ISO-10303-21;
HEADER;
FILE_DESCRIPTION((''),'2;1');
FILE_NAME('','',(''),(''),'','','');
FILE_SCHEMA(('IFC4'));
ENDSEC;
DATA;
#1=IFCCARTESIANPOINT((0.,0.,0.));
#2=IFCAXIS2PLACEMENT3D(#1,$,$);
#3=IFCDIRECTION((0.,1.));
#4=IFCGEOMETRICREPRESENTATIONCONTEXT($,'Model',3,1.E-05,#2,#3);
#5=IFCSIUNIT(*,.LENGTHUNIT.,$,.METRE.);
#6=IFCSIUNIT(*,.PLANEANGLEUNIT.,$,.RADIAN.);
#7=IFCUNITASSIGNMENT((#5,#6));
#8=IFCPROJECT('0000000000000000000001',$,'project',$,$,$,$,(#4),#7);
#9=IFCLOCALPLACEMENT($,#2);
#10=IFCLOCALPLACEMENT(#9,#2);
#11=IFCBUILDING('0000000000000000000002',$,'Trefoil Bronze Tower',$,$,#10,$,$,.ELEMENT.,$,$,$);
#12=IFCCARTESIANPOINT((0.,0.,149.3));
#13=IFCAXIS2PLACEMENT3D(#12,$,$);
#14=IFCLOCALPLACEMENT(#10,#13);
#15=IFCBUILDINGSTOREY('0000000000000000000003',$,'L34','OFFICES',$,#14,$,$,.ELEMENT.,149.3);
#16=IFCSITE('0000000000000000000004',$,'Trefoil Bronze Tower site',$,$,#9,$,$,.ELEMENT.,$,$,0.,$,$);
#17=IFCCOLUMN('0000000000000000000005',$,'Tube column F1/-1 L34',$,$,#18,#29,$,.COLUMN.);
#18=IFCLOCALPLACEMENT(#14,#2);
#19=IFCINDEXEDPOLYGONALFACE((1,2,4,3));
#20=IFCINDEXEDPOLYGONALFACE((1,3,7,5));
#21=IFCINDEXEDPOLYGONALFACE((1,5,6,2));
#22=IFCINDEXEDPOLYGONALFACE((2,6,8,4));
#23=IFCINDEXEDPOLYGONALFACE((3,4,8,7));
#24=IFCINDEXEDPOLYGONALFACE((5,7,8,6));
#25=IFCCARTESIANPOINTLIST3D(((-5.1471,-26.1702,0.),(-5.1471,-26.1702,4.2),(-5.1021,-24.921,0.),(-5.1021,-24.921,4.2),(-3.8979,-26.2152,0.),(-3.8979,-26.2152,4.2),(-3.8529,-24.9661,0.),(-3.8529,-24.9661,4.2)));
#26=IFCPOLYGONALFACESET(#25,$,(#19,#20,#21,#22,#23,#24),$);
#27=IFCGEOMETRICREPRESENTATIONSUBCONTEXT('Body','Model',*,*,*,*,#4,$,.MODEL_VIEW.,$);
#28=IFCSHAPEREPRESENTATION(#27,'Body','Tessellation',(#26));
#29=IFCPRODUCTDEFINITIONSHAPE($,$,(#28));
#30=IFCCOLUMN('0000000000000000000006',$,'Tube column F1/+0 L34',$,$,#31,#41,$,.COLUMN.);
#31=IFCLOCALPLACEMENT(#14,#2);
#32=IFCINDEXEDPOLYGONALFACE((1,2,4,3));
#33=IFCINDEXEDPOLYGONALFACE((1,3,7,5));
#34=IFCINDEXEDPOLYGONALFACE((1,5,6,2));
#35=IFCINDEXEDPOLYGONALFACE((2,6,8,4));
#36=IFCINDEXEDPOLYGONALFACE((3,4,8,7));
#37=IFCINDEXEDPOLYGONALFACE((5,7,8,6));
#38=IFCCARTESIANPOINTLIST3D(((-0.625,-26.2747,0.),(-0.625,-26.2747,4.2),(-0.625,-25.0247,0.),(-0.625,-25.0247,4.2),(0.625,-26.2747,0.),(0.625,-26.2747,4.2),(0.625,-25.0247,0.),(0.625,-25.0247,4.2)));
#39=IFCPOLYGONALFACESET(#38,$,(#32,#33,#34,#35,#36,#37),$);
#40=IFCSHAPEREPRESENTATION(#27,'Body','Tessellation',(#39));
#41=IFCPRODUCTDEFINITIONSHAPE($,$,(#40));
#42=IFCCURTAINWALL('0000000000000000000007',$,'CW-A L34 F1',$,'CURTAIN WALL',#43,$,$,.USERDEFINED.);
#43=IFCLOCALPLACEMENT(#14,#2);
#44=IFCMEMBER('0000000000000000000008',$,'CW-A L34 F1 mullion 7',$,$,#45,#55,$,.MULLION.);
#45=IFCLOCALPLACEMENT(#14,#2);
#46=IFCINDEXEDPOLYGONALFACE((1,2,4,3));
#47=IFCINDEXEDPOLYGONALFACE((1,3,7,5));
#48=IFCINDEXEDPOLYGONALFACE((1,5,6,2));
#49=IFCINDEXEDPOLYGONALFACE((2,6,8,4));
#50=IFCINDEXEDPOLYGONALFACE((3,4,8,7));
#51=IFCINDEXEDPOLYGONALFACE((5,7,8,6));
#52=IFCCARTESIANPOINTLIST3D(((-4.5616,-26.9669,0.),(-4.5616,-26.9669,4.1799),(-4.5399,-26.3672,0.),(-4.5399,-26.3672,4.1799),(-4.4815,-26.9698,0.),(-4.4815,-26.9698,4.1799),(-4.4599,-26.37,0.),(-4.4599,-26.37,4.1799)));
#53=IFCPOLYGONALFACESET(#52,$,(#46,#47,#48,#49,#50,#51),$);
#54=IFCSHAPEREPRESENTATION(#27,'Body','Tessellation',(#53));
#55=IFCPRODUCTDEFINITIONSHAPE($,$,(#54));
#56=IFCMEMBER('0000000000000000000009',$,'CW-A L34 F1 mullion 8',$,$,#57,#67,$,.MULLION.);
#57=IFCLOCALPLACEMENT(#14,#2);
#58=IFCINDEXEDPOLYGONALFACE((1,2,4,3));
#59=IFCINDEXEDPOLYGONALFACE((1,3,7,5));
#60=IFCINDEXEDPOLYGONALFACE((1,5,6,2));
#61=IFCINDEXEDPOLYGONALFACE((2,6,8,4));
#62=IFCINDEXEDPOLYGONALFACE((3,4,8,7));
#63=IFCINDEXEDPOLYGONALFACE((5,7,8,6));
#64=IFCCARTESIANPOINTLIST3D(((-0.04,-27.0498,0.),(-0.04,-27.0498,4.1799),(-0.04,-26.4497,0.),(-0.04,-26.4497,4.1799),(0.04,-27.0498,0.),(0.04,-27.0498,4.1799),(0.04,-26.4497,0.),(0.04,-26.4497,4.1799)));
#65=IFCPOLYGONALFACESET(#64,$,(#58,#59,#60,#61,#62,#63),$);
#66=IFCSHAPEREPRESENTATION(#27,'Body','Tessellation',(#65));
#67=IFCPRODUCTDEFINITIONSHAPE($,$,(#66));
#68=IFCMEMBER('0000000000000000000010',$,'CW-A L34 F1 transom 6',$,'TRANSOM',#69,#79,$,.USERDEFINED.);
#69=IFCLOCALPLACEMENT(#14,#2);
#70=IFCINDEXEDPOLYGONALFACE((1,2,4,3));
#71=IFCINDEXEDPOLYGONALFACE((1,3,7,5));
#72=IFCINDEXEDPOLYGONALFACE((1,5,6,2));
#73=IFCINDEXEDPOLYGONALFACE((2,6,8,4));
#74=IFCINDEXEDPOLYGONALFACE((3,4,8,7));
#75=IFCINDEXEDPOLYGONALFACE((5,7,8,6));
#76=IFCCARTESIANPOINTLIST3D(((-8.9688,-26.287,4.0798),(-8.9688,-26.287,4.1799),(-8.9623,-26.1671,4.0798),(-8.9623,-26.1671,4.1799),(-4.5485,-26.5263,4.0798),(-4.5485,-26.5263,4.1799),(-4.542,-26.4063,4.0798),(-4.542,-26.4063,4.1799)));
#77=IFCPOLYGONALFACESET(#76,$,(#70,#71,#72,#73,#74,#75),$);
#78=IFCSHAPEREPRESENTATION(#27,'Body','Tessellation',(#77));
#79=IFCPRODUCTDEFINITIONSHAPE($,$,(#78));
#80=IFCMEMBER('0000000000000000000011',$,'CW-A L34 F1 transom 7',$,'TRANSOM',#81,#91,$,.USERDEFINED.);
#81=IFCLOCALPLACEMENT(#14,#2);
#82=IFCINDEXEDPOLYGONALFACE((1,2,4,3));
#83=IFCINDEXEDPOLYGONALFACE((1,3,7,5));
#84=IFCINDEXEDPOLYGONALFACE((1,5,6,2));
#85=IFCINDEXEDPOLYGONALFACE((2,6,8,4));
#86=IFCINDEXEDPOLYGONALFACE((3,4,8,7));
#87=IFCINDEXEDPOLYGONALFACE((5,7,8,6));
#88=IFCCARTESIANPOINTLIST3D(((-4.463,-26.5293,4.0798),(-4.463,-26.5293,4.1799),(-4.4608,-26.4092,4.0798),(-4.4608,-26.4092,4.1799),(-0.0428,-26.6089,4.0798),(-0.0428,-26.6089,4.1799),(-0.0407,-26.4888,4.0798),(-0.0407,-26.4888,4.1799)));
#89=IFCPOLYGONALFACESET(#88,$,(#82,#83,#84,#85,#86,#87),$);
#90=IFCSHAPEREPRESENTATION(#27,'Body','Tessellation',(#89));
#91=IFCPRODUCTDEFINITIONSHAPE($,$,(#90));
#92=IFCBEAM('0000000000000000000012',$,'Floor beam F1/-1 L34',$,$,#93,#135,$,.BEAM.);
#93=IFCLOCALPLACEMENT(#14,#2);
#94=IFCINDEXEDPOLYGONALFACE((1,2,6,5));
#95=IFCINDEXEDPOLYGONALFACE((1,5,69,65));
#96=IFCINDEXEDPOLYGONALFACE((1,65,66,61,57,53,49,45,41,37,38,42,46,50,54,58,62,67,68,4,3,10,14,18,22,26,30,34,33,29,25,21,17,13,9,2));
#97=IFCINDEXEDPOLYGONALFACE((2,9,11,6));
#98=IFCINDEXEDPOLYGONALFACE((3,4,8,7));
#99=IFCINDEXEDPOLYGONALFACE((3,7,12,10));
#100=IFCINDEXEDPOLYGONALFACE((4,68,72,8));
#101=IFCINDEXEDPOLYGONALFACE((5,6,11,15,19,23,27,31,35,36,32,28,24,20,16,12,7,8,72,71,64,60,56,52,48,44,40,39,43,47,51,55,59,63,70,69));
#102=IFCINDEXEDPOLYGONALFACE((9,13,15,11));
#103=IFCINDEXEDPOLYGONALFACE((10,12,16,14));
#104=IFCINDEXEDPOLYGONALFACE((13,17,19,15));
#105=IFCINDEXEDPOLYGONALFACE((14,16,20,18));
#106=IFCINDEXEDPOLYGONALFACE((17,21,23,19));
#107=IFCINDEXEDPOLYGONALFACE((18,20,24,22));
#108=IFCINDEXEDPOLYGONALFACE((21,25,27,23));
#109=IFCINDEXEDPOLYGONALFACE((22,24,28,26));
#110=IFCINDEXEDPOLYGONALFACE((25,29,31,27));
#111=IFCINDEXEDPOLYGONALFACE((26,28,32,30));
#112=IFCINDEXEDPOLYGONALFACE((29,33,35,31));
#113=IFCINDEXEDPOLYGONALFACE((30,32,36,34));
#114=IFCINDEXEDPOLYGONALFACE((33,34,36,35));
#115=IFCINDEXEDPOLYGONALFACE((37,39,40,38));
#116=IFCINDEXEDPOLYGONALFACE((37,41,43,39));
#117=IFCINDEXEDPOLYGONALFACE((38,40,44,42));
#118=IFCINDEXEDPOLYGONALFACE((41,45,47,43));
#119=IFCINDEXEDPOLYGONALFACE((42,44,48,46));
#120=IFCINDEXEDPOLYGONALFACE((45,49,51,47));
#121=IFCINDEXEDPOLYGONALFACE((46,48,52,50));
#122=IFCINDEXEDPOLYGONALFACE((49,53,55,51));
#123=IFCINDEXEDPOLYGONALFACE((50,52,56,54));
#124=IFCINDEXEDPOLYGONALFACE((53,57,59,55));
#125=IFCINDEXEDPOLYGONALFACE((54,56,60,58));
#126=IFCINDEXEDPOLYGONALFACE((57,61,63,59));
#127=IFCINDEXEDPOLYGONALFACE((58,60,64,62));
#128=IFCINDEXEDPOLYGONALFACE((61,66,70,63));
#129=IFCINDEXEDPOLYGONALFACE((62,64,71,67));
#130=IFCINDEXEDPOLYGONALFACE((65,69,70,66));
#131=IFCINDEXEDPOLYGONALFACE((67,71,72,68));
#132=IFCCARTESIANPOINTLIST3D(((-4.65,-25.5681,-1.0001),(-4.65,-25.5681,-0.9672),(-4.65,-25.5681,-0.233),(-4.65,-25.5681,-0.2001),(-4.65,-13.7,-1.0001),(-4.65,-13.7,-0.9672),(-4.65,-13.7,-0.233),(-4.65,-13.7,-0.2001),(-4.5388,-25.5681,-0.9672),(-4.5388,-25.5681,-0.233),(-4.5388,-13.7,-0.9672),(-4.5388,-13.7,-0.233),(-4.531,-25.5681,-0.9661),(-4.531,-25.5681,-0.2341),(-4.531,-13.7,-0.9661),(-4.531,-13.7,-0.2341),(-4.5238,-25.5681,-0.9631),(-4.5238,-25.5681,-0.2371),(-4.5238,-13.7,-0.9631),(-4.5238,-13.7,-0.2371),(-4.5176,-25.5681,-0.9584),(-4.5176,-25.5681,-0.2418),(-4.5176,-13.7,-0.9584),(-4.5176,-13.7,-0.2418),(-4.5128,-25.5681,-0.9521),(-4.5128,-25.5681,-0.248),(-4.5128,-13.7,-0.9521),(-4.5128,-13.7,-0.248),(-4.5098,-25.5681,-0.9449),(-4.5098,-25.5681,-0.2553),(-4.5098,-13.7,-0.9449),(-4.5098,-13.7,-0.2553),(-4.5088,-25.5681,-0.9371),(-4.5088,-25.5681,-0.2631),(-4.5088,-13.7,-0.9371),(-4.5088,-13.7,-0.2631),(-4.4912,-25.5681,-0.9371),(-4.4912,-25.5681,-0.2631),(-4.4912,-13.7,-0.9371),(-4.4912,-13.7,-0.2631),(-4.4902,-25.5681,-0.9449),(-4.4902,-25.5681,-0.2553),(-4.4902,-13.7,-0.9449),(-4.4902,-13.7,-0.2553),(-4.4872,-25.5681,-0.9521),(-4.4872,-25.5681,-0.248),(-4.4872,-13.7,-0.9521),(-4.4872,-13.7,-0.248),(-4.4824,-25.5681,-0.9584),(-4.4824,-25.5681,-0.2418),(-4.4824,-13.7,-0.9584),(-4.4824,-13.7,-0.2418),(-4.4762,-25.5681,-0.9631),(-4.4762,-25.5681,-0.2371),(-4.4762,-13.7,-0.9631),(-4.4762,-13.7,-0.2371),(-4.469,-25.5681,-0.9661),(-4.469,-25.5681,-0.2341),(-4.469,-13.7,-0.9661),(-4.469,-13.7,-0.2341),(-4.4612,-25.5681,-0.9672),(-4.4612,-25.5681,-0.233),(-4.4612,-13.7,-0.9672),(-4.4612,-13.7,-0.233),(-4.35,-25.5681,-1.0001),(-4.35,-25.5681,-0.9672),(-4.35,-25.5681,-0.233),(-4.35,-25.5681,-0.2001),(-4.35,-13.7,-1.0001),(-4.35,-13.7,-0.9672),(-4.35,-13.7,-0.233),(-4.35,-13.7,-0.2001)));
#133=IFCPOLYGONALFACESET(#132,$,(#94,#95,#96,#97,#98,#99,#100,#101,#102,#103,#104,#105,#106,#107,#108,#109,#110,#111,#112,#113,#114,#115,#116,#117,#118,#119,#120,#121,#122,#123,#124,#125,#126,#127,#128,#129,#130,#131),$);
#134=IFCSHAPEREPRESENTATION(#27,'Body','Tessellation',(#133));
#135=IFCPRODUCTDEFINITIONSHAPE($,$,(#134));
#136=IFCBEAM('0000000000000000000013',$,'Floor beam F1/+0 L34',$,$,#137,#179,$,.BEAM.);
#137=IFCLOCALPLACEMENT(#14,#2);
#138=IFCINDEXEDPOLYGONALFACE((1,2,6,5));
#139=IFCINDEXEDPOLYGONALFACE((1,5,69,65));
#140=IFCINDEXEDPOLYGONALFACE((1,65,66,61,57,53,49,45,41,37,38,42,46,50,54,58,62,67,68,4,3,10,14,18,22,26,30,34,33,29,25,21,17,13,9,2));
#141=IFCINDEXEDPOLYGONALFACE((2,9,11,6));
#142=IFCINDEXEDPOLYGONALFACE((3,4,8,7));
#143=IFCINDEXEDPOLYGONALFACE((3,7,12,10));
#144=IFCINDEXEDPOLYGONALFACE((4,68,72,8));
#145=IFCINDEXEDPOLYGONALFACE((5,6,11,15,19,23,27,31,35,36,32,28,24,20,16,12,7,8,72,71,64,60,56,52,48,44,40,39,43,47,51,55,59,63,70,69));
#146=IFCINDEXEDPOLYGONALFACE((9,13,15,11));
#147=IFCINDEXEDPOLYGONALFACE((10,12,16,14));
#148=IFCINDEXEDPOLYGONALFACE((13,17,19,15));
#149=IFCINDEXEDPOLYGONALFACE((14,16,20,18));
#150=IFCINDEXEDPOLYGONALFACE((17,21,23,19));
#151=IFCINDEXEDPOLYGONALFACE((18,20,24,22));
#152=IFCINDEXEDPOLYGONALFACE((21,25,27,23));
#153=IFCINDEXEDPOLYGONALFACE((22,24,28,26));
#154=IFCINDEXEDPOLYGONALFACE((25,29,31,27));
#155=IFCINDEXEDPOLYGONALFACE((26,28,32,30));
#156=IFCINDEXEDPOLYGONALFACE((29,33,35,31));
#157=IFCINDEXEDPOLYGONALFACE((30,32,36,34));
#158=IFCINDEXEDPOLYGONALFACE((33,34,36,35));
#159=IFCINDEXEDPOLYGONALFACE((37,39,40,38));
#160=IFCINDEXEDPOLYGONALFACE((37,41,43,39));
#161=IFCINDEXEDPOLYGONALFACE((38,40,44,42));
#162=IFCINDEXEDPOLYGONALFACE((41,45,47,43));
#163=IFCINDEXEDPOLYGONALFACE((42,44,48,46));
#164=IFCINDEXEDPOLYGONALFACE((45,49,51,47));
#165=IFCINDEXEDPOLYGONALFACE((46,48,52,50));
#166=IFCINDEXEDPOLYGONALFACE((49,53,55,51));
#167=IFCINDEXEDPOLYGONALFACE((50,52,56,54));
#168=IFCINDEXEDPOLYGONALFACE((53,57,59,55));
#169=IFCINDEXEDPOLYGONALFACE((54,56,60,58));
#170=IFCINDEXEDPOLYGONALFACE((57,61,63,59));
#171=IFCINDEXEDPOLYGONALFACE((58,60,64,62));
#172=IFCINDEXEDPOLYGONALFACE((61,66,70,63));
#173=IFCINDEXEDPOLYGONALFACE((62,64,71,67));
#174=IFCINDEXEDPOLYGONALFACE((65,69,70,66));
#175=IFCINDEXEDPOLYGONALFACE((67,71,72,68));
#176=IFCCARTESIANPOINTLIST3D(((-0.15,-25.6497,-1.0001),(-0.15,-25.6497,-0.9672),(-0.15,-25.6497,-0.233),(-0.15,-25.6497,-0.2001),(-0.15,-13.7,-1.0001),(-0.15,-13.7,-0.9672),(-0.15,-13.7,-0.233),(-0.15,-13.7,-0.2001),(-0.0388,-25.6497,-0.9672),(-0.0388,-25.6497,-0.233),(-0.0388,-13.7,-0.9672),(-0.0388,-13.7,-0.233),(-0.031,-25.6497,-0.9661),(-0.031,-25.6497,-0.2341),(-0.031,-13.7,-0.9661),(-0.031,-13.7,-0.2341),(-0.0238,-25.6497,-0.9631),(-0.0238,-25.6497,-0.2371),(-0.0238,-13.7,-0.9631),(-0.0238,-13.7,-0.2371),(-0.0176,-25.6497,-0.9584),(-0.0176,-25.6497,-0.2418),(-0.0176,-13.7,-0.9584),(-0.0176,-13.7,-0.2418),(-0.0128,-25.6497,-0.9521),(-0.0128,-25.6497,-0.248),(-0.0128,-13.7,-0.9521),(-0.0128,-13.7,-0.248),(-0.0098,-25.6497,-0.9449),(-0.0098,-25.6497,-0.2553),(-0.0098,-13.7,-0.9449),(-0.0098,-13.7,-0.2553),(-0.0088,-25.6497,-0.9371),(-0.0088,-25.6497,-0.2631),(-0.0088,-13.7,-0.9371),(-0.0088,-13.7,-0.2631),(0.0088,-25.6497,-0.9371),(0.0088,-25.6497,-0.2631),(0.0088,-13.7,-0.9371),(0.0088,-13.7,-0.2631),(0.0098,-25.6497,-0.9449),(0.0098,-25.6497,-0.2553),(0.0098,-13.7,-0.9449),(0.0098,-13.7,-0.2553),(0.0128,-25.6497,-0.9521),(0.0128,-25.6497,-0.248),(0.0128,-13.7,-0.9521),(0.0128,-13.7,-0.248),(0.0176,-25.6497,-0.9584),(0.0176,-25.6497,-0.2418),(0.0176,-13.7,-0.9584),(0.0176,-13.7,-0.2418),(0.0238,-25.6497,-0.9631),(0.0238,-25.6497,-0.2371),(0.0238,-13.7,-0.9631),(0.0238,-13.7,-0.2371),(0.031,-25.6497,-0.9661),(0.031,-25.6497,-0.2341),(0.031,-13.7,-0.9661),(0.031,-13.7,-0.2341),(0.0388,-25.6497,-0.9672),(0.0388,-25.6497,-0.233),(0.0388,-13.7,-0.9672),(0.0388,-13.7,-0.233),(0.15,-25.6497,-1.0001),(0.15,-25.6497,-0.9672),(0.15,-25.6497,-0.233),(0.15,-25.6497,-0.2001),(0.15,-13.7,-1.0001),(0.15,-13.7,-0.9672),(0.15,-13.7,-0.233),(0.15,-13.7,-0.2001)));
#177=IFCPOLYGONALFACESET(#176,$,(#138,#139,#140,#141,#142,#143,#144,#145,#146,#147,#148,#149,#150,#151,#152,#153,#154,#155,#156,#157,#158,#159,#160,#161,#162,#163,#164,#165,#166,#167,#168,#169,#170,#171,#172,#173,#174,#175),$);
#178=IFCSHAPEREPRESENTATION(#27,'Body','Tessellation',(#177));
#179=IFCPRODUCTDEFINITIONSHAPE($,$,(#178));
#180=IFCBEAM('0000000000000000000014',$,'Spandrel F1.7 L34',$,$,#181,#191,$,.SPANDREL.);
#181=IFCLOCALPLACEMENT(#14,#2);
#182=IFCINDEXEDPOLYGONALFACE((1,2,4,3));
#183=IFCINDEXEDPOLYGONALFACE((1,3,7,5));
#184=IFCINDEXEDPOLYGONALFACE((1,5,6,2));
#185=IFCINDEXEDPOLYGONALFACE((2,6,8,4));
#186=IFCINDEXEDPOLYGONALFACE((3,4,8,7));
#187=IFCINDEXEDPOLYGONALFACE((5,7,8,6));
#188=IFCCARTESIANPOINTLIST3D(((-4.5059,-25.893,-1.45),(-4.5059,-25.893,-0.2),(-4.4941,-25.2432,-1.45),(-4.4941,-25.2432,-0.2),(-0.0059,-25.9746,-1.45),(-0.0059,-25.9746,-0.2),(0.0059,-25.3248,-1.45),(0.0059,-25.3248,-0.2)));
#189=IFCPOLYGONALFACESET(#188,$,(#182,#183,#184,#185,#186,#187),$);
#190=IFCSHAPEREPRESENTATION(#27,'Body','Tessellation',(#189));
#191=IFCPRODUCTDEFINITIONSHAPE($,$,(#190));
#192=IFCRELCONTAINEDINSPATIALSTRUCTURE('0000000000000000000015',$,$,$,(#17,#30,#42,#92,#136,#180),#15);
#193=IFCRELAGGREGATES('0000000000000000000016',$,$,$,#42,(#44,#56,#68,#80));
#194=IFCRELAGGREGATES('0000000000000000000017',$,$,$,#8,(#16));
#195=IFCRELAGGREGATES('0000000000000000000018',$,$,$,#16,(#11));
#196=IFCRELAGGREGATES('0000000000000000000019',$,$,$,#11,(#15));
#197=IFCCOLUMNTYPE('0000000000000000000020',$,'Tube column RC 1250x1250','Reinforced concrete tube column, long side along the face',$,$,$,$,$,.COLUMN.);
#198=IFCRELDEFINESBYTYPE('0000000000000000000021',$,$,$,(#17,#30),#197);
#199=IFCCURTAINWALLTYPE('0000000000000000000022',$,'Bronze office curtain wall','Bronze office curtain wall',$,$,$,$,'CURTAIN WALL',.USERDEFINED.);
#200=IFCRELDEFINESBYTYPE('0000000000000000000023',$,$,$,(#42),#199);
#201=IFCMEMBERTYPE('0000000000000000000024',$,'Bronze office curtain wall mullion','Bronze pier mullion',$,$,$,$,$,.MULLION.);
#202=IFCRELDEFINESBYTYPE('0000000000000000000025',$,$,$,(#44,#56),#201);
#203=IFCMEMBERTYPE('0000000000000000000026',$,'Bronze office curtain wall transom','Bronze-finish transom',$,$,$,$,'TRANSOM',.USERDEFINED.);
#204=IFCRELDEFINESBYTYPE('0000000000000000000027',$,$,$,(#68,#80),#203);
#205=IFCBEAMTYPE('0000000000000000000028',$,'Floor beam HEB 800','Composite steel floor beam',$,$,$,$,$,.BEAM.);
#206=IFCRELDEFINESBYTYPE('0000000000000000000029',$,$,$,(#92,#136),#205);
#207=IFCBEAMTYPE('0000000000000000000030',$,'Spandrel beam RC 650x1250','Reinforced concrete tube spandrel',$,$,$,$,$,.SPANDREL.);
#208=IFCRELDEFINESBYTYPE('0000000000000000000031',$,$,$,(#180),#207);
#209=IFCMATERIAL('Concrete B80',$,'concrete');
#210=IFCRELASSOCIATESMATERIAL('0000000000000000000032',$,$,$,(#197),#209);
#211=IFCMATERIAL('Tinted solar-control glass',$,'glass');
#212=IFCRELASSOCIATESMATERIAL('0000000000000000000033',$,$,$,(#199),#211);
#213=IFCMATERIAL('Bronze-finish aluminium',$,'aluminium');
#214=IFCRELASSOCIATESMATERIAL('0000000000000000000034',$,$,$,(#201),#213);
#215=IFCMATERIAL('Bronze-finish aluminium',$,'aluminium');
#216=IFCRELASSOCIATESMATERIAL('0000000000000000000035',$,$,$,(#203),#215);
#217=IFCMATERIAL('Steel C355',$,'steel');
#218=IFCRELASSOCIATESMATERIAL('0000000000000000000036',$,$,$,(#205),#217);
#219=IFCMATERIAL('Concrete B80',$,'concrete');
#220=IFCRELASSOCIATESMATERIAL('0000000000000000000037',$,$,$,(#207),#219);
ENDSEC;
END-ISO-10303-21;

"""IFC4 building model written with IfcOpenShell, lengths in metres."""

from ifc_helpers import new_model, si_unit, direction, frame, origin, origin_2d, place, context, subcontext, project, spatial, rectangle, i_section, extrude, material, material_profile, profile_set, type_object, element, aggregate, save


model = new_model("IFC4")

# Units and contexts
model_context = context("Model", 3, precision=1e-05, world=origin(), true_north=direction((0.0, 1.0)))
body_context = subcontext(model_context, "Body", "Model", "MODEL_VIEW")
ifc_project = project(units=[si_unit("LENGTHUNIT", "METRE"), si_unit("PLANEANGLEUNIT", "RADIAN")], contexts=[model_context])

# Site, building, storey
site_placement = place(None, origin())
site = spatial("IfcSite", under=ifc_project, at=site_placement, Name="Trefoil Bronze Tower site", CompositionType="ELEMENT", RefElevation=0.0)
building_placement = place(site_placement, origin())
building = spatial("IfcBuilding", under=site, at=building_placement, Name="Trefoil Bronze Tower", CompositionType="ELEMENT")
storey_placement = place(building_placement, frame((0.0, 0.0, 149.3)))
storey = spatial("IfcBuildingStorey", under=building, at=storey_placement, Name="L34", Description="OFFICES", CompositionType="ELEMENT", Elevation=149.3)

# Columns
ifc_material_1 = material(Name="Concrete B80", Category="concrete")
ifc_material_profile_1 = material_profile(ifc_material_1, rectangle(XDim=1.25, YDim=1.25, at=origin_2d()), Name="RC 1250x1250")
ifc_profile_set_1 = profile_set([ifc_material_profile_1], Name="Concrete B80")
column_type = type_object("IfcColumnType", Name="Tube column RC 1250x1250", Description="Reinforced concrete tube column, long side along the face", PredefinedType="COLUMN", material=ifc_profile_set_1)
for number, where, z_axis, x_axis, name in (
    (1, (-4.5, -25.5681, 0.0), (0.0, 0.0, 1.0), (0.99935, -0.036048, 0.0), "Tube column F1/-1 L34"),
    (2, (0.0, -25.6497, 0.0), (0.0, 0.0, 1.0), (1.0, 0.0, 0.0), "Tube column F1/+0 L34"),
):
    element("IfcColumn", number, at=place(storey_placement, frame(where, z_axis=z_axis, x_axis=x_axis)), inside=storey, type_object=column_type, Name=name, PredefinedType="COLUMN", context=body_context, shape_type="SweptSolid", body=[
        extrude(rectangle(XDim=1.25, YDim=1.25, at=origin_2d()), origin(), (0.0, 0.0, 1.0), 4.2),
    ])

# Curtain wall, members
ifc_material_2 = material(Name="Tinted solar-control glass", Category="glass")
curtain_wall_type = type_object("IfcCurtainWallType", Name="Bronze office curtain wall", Description="Bronze office curtain wall", ElementType="CURTAIN WALL", PredefinedType="USERDEFINED", material=ifc_material_2)
curtain_wall_placement = place(storey_placement, origin())
curtain_wall = element("IfcCurtainWall", 3, at=curtain_wall_placement, inside=storey, type_object=curtain_wall_type, Name="CW-A L34 F1", ObjectType="CURTAIN WALL", PredefinedType="USERDEFINED")
ifc_material_3 = material(Name="Bronze-finish aluminium", Category="aluminium")
ifc_material_profile_2 = material_profile(ifc_material_3, rectangle(XDim=0.6001, YDim=0.0801, at=origin_2d()), Name="CW-A mullion")
ifc_profile_set_2 = profile_set([ifc_material_profile_2], Name="Bronze-finish aluminium")
member_type_1 = type_object("IfcMemberType", Name="Bronze office curtain wall mullion", Description="Bronze pier mullion", PredefinedType="MULLION", material=ifc_profile_set_2)
member_1_placement = place(storey_placement, frame((-4.5107, -26.6685, 0.0), z_axis=(0.0, 0.0, 1.0), x_axis=(0.036048, 0.99935, 0.0)))
member_1 = element("IfcMember", 4, at=member_1_placement, type_object=member_type_1, Name="CW-A L34 F1 mullion 7", PredefinedType="MULLION", context=body_context, shape_type="SweptSolid", body=[
    extrude(rectangle(XDim=0.6001, YDim=0.0801, at=origin_2d()), origin(), (0.0, 0.0, 1.0), 4.1799),
])
member_2_placement = place(storey_placement, frame((0.0, -26.7498, 0.0), z_axis=(0.0, 0.0, 1.0), x_axis=(0.0, 1.0, 0.0)))
member_2 = element("IfcMember", 5, at=member_2_placement, type_object=member_type_1, Name="CW-A L34 F1 mullion 8", PredefinedType="MULLION", context=body_context, shape_type="SweptSolid", body=[
    extrude(rectangle(XDim=0.6001, YDim=0.0801, at=origin_2d()), origin(), (0.0, 0.0, 1.0), 4.1799),
])
ifc_material_4 = material(Name="Bronze-finish aluminium", Category="aluminium")
ifc_material_profile_3 = material_profile(ifc_material_4, rectangle(XDim=0.1201, YDim=0.1001, at=origin_2d()), Name="CW-A transom")
ifc_profile_set_3 = profile_set([ifc_material_profile_3], Name="Bronze-finish aluminium")
member_type_2 = type_object("IfcMemberType", Name="Bronze office curtain wall transom", Description="Bronze-finish transom", ElementType="TRANSOM", PredefinedType="USERDEFINED", material=ifc_profile_set_3)
member_3_placement = place(storey_placement, frame((-8.9656, -26.2271, 4.1299), z_axis=(0.998538, -0.05405, 0.0), x_axis=(0.05405, 0.998538, 0.0)))
member_3 = element("IfcMember", 6, at=member_3_placement, type_object=member_type_2, Name="CW-A L34 F1 transom 6", ObjectType="TRANSOM", PredefinedType="USERDEFINED", context=body_context, shape_type="SweptSolid", body=[
    extrude(rectangle(XDim=0.1201, YDim=0.1001, at=origin_2d()), origin(), (0.0, 0.0, 1.0), 4.4268),
])
member_4_placement = place(storey_placement, frame((-4.4619, -26.4692, 4.1299), z_axis=(0.999838, -0.018003, 0.0), x_axis=(0.018003, 0.999838, 0.0)))
member_4 = element("IfcMember", 7, at=member_4_placement, type_object=member_type_2, Name="CW-A L34 F1 transom 7", ObjectType="TRANSOM", PredefinedType="USERDEFINED", context=body_context, shape_type="SweptSolid", body=[
    extrude(rectangle(XDim=0.1201, YDim=0.1001, at=origin_2d()), origin(), (0.0, 0.0, 1.0), 4.4209),
])

# Beams
ifc_material_5 = material(Name="Steel C355", Category="steel")
ifc_material_profile_4 = material_profile(ifc_material_5, i_section(OverallWidth=0.3, OverallDepth=0.8, WebThickness=0.0176, FlangeThickness=0.033, FilletRadius=0.03, at=origin_2d()), Name="HEB 800")
ifc_profile_set_4 = profile_set([ifc_material_profile_4], Name="Steel C355")
beam_type_1 = type_object("IfcBeamType", Name="Floor beam HEB 800", Description="Composite steel floor beam", PredefinedType="BEAM", material=ifc_profile_set_4)
beam_1_placement = place(storey_placement, frame((-4.5, -25.5681, -0.6001), z_axis=(0.0, 1.0, 0.0), x_axis=(-1.0, 0.0, 0.0)))
element("IfcBeam", 8, at=beam_1_placement, inside=storey, type_object=beam_type_1, Name="Floor beam F1/-1 L34", PredefinedType="BEAM", context=body_context, shape_type="SweptSolid", body=[
    extrude(i_section(OverallWidth=0.3, OverallDepth=0.8, WebThickness=0.0176, FlangeThickness=0.033, FilletRadius=0.03, at=origin_2d()), origin(), (0.0, 0.0, 1.0), 11.8682),
])
beam_2_placement = place(storey_placement, frame((0.0, -25.6497, -0.6001), z_axis=(0.0, 1.0, 0.0), x_axis=(-1.0, 0.0, 0.0)))
element("IfcBeam", 9, at=beam_2_placement, inside=storey, type_object=beam_type_1, Name="Floor beam F1/+0 L34", PredefinedType="BEAM", context=body_context, shape_type="SweptSolid", body=[
    extrude(i_section(OverallWidth=0.3, OverallDepth=0.8, WebThickness=0.0176, FlangeThickness=0.033, FilletRadius=0.03, at=origin_2d()), origin(), (0.0, 0.0, 1.0), 11.9497),
])
ifc_material_6 = material(Name="Concrete B80", Category="concrete")
ifc_material_profile_5 = material_profile(ifc_material_6, rectangle(XDim=0.6499, YDim=1.25, at=origin_2d()), Name="RC 650x1250")
ifc_profile_set_5 = profile_set([ifc_material_profile_5], Name="Concrete B80")
beam_type_2 = type_object("IfcBeamType", Name="Spandrel beam RC 650x1250", Description="Reinforced concrete tube spandrel", PredefinedType="SPANDREL", material=ifc_profile_set_5)
for number, where, z_axis, x_axis, name in (
    (10, (-4.5, -25.5681, -0.825), (0.999836, -0.018118, 0.0), (0.018118, 0.999836, 0.0), "Spandrel F1.7 L34"),
):
    element("IfcBeam", number, at=place(storey_placement, frame(where, z_axis=z_axis, x_axis=x_axis)), inside=storey, type_object=beam_type_2, Name=name, PredefinedType="SPANDREL", context=body_context, shape_type="SweptSolid", body=[
        extrude(rectangle(XDim=0.6499, YDim=1.25, at=origin_2d()), origin(), (0.0, 0.0, 1.0), 4.5007),
    ])

aggregate(curtain_wall, [member_1, member_2, member_3, member_4])

save(model, "model.ifc")
